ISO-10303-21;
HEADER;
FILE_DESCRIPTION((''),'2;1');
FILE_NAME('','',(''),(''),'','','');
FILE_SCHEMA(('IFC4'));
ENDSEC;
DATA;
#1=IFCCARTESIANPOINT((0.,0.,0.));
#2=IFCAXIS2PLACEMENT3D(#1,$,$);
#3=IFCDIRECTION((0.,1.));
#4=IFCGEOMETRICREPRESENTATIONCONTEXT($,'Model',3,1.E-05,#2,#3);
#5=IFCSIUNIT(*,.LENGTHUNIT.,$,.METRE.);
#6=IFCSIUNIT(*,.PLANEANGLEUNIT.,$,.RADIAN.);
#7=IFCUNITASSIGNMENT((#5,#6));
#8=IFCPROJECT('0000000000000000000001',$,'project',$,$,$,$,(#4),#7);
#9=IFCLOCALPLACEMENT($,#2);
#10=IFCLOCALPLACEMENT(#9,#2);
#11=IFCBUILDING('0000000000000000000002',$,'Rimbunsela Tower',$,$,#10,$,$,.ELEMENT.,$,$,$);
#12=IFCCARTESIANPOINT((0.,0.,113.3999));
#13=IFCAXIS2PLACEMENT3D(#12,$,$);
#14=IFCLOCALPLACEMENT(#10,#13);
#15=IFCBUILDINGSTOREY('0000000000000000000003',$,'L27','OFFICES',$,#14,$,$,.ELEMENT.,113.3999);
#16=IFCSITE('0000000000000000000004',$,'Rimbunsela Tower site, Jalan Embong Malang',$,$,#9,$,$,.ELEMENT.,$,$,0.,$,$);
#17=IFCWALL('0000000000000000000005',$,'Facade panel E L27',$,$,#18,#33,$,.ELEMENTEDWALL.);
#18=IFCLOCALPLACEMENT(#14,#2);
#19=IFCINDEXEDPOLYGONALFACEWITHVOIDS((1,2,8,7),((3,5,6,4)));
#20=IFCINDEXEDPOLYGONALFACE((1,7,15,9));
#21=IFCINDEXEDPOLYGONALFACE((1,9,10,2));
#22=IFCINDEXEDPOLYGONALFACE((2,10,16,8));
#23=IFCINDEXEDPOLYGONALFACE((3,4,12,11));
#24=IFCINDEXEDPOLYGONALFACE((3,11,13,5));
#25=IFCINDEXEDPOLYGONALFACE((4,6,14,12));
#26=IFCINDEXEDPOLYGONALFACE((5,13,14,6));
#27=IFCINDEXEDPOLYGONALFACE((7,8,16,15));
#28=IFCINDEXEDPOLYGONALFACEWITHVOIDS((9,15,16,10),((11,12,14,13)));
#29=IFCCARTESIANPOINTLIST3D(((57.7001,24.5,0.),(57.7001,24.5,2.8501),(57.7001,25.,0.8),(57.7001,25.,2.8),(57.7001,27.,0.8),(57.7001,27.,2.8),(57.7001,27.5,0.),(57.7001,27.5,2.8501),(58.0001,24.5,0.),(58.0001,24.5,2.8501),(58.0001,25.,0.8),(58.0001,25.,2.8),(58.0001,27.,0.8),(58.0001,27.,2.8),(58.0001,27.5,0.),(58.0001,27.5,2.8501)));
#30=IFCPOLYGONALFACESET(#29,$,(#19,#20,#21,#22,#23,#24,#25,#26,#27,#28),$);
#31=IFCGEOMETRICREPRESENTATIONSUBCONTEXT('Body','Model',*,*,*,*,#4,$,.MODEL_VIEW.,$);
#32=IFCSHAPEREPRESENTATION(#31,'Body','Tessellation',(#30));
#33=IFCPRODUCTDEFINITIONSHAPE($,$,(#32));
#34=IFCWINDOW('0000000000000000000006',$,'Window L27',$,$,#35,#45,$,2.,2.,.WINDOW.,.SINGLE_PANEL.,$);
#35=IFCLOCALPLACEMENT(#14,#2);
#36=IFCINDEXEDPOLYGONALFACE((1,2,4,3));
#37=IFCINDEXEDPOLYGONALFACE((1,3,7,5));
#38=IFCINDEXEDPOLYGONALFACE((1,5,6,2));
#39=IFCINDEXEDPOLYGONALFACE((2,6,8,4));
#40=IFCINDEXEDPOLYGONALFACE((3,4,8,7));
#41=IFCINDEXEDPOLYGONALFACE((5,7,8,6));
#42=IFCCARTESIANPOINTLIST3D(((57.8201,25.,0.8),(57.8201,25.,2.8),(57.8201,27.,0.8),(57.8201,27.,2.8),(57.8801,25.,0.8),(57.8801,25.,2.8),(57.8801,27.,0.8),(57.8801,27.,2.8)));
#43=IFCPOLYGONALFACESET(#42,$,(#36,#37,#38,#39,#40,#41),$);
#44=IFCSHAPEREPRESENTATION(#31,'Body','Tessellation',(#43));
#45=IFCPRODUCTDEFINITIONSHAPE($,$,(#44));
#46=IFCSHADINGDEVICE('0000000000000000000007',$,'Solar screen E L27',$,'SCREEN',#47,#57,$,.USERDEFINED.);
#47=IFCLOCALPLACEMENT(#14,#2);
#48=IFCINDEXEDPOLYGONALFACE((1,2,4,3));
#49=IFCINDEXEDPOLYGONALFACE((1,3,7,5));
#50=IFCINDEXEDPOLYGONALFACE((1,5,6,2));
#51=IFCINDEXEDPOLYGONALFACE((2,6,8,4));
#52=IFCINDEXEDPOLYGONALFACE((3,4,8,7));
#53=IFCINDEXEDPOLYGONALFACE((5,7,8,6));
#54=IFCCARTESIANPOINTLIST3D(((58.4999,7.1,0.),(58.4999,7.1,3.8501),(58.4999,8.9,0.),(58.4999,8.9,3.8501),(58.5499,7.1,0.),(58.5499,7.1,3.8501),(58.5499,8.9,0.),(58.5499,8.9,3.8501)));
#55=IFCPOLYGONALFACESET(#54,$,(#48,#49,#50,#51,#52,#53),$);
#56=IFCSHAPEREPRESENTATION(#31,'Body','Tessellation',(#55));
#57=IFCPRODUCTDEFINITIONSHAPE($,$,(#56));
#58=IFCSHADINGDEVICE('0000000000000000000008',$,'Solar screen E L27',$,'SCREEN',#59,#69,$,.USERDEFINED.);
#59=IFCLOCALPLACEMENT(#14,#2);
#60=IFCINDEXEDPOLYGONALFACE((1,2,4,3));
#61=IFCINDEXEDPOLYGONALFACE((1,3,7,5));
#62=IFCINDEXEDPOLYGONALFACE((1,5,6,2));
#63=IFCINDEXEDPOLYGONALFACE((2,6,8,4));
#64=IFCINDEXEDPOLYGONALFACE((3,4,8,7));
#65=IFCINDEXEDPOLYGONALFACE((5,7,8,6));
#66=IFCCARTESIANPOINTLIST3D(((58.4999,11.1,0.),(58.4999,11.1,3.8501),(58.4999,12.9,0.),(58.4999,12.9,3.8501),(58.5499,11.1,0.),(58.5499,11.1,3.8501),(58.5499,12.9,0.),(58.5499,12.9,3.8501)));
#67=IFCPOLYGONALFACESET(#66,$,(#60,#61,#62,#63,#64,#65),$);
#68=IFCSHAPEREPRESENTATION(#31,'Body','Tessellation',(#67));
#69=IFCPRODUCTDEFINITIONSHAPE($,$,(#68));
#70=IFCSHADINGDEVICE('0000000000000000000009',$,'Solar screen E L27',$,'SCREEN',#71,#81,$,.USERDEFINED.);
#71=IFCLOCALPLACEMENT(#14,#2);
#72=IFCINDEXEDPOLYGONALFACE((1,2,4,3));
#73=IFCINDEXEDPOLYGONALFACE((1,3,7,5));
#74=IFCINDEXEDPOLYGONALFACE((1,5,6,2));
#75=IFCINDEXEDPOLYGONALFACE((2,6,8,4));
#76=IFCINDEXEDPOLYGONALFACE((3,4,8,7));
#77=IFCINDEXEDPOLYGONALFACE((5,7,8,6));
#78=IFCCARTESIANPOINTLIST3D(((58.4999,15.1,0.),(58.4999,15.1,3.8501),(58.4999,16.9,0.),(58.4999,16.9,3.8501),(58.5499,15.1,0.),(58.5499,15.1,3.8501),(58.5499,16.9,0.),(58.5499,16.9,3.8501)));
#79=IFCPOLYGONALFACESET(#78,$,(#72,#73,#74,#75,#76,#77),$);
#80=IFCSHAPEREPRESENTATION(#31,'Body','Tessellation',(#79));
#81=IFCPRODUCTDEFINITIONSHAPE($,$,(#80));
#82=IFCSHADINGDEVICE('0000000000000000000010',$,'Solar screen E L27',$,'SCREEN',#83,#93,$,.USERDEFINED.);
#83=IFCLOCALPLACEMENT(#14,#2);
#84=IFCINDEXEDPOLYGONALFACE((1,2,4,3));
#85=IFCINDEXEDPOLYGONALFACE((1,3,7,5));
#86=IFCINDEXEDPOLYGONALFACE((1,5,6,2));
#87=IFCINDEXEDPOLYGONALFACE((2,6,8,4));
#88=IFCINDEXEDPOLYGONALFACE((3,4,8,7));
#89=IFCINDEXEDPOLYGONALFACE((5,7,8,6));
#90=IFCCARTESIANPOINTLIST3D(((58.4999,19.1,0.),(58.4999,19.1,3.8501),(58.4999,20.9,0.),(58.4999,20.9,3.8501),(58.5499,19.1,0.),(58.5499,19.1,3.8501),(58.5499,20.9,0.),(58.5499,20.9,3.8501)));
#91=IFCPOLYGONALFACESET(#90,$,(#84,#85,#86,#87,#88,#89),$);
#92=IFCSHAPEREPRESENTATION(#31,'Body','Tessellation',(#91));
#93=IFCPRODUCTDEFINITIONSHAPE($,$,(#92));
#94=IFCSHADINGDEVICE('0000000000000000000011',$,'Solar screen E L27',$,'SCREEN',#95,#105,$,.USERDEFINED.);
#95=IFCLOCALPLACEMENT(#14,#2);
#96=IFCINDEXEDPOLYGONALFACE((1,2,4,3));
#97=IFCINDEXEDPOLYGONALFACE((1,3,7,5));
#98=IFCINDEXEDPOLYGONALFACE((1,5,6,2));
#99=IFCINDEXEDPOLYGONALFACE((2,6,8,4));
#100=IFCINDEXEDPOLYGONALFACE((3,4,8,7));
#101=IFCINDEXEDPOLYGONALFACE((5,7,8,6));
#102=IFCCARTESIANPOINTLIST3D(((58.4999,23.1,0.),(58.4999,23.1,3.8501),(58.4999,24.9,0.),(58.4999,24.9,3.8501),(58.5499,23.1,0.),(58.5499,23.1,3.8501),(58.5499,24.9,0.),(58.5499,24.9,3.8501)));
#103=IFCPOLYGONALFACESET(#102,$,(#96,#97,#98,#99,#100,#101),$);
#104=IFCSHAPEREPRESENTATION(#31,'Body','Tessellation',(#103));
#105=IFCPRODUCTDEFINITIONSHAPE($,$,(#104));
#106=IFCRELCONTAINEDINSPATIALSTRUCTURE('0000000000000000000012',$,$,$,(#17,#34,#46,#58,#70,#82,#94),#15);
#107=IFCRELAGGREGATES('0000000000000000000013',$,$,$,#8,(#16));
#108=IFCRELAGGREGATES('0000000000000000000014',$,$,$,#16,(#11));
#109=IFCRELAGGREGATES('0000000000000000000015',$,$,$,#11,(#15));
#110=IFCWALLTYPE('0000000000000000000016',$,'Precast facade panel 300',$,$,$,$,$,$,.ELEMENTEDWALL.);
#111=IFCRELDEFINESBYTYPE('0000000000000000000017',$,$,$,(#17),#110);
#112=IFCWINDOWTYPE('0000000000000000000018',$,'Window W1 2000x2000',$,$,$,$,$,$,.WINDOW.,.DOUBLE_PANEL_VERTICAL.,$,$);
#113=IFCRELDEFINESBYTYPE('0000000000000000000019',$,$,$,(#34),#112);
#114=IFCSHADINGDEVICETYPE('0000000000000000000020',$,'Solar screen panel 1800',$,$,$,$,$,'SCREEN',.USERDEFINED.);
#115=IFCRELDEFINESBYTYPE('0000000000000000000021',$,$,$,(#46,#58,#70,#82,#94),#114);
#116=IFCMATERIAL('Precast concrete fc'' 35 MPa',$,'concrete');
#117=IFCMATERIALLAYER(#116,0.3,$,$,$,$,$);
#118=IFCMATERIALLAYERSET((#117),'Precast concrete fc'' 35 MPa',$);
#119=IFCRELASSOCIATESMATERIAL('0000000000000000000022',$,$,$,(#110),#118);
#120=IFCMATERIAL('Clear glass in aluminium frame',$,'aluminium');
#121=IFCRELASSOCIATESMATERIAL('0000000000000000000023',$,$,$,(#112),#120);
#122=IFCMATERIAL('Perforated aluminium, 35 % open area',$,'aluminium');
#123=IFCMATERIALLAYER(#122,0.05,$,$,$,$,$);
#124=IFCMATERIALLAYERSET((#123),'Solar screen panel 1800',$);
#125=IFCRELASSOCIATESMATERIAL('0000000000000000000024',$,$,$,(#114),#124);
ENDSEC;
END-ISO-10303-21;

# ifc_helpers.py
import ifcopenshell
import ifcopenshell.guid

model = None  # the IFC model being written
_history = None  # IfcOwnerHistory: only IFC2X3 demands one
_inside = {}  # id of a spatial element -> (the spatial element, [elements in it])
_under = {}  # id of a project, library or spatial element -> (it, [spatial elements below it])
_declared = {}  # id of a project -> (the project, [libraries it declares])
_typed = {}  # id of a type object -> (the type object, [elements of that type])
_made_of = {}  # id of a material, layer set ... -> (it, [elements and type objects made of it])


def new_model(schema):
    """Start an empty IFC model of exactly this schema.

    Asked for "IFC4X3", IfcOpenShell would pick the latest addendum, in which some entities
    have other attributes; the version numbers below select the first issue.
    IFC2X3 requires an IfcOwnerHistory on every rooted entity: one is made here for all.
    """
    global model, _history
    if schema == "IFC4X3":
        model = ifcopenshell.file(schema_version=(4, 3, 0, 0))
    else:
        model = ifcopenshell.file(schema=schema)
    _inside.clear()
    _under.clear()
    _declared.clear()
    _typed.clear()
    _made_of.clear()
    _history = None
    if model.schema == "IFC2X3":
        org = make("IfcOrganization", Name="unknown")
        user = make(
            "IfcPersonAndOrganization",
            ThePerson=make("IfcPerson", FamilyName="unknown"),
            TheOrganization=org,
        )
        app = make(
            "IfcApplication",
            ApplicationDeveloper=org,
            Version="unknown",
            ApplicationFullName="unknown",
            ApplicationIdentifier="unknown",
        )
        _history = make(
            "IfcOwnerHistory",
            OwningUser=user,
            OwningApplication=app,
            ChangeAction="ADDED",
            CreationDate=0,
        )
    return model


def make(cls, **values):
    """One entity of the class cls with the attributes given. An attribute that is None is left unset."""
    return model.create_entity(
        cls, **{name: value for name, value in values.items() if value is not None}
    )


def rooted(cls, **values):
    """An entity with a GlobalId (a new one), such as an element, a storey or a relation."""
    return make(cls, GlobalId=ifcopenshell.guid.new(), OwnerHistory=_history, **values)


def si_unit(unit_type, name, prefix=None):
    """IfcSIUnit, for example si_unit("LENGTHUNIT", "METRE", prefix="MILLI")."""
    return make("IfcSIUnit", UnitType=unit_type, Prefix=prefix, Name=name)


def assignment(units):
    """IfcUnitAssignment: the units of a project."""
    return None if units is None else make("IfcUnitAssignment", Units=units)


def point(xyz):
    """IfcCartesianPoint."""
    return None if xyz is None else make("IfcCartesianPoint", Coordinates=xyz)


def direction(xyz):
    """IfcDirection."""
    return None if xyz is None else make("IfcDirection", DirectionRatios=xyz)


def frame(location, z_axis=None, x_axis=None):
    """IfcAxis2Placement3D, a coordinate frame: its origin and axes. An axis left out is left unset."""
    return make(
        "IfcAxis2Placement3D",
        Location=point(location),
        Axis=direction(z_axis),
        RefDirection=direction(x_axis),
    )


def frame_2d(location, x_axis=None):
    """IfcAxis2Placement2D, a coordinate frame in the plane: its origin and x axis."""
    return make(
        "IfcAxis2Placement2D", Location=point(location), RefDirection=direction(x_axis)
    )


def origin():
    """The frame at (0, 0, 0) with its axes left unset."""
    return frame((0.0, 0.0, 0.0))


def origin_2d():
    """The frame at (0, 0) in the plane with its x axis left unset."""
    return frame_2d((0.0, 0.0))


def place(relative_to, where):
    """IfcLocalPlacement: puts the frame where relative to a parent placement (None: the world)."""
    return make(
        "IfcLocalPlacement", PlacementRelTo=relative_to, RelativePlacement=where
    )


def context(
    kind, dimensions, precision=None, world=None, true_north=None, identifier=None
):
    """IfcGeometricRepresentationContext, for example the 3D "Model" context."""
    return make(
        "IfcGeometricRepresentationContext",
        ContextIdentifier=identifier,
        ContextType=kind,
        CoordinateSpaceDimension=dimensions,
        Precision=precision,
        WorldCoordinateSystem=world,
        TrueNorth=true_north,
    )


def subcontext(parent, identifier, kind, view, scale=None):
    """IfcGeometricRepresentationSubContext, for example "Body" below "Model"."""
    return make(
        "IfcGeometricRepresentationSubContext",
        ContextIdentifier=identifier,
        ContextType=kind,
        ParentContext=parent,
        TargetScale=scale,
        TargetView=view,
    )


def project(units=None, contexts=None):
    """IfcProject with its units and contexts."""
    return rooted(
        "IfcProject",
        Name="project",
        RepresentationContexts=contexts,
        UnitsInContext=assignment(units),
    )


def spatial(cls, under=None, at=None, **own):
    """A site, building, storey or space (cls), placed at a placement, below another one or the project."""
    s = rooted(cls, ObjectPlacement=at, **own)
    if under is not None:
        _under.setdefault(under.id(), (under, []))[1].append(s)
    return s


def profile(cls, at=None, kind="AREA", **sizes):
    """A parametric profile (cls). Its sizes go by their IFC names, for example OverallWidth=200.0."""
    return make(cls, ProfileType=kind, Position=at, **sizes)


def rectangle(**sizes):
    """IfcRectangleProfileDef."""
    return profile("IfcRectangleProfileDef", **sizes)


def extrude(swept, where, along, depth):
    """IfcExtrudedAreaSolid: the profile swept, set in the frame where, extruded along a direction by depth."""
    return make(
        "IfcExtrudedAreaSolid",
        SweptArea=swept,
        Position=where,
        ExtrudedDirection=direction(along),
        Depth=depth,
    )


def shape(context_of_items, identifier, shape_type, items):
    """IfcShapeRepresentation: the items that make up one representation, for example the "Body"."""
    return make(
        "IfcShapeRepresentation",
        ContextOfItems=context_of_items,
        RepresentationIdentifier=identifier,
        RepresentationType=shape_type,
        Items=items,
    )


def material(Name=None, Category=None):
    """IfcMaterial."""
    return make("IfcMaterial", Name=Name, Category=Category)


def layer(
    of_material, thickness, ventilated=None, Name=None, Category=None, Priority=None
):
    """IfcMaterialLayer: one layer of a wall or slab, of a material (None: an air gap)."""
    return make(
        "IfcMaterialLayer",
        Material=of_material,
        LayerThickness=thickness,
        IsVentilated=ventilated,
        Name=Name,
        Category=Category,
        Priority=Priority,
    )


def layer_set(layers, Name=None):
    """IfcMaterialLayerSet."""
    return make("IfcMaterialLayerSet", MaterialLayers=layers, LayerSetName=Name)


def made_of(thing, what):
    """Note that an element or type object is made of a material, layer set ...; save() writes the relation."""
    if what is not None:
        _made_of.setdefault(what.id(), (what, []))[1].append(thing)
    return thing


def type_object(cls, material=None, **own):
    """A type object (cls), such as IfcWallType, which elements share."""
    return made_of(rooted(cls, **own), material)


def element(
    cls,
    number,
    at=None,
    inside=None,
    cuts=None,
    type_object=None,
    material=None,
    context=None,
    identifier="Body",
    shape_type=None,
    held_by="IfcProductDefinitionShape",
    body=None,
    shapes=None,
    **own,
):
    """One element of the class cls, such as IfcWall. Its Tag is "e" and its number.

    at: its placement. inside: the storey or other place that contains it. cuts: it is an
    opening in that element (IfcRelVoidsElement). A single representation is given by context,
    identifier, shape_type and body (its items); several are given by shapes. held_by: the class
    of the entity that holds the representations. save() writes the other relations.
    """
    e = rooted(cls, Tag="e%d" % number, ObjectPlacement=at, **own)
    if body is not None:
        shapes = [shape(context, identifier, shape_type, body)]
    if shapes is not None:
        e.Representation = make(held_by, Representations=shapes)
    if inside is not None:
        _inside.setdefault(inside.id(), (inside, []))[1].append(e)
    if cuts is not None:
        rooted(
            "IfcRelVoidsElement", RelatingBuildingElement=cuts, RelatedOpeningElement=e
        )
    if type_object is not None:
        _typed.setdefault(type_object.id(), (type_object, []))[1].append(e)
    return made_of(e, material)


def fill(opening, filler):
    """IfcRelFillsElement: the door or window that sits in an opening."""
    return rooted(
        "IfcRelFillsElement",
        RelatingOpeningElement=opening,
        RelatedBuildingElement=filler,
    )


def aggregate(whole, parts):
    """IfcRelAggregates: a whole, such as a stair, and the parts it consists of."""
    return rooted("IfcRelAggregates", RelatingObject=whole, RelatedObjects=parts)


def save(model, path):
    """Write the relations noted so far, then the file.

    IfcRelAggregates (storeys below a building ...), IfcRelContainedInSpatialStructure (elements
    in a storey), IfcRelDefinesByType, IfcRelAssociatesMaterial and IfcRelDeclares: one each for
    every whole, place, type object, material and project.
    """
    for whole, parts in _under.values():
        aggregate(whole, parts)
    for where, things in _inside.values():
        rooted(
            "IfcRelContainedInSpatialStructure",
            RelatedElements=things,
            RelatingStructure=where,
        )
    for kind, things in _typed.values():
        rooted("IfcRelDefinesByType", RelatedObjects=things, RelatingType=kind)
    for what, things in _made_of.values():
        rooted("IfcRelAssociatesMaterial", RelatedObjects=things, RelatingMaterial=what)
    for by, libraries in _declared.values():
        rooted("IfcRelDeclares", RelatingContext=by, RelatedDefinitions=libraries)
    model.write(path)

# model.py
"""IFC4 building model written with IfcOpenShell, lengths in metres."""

from ifc_helpers import new_model, si_unit, direction, frame, frame_2d, origin, origin_2d, place, context, subcontext, project, spatial, rectangle, extrude, material, layer, layer_set, type_object, element, fill, save


model = new_model("IFC4")

# Units and contexts
model_context = context("Model", 3, precision=1e-05, world=origin(), true_north=direction((0.0, 1.0)))
body_context = subcontext(model_context, "Body", "Model", "MODEL_VIEW")
ifc_project = project(units=[si_unit("LENGTHUNIT", "METRE"), si_unit("PLANEANGLEUNIT", "RADIAN")], contexts=[model_context])

# Site, building, storey
site_placement = place(None, origin())
site = spatial("IfcSite", under=ifc_project, at=site_placement, Name="Rimbunsela Tower site, Jalan Embong Malang", CompositionType="ELEMENT", RefElevation=0.0)
building_placement = place(site_placement, origin())
building = spatial("IfcBuilding", under=site, at=building_placement, Name="Rimbunsela Tower", CompositionType="ELEMENT")
storey_placement = place(building_placement, frame((0.0, 0.0, 113.3999)))
storey = spatial("IfcBuildingStorey", under=building, at=storey_placement, Name="L27", Description="OFFICES", CompositionType="ELEMENT", Elevation=113.3999)

# Shared definitions
ifc_material_1 = material(Name="Precast concrete fc' 35 MPa", Category="concrete")
ifc_layer_1 = layer(ifc_material_1, 0.3)
ifc_layer_set_1 = layer_set([ifc_layer_1], Name="Precast concrete fc' 35 MPa")
wall_type = type_object("IfcWallType", Name="Precast facade panel 300", PredefinedType="ELEMENTEDWALL", material=ifc_layer_set_1)

# Wall, opening, window
ifc_material_2 = material(Name="Clear glass in aluminium frame", Category="aluminium")
window_type = type_object("IfcWindowType", Name="Window W1 2000x2000", PartitioningType="DOUBLE_PANEL_VERTICAL", PredefinedType="WINDOW", material=ifc_material_2)
wall_1_placement = place(storey_placement, frame((57.8501, 24.5, 0.0), z_axis=(0.0, 0.0, 1.0), x_axis=(0.0, 1.0, 0.0)))
wall_1 = element("IfcWall", 1, at=wall_1_placement, inside=storey, type_object=wall_type, Name="Facade panel E L27", PredefinedType="ELEMENTEDWALL", context=body_context, shape_type="SweptSolid", body=[
    extrude(rectangle(XDim=3.0, YDim=0.3, at=frame_2d((1.5, 0.0))), origin(), (0.0, 0.0, 1.0), 2.8501),
])
opening_1_placement = place(wall_1_placement, frame((0.5, 0.0, 0.8)))
opening_1 = element("IfcOpeningElement", 2, at=opening_1_placement, cuts=wall_1, PredefinedType="OPENING", context=body_context, shape_type="SweptSolid", body=[
    extrude(rectangle(XDim=2.0, YDim=2.0, at=frame_2d((1.0, 1.0))), frame((0.0, 0.1599, 0.0), z_axis=(0.0, -1.0, 0.0), x_axis=(1.0, 0.0, 0.0)), (0.0, 0.0, 1.0), 0.3201),
])
window_1_placement = place(opening_1_placement, origin())
window_1 = element("IfcWindow", 3, at=window_1_placement, inside=storey, type_object=window_type, Name="Window L27", OverallHeight=2.0, OverallWidth=2.0, PartitioningType="SINGLE_PANEL", PredefinedType="WINDOW", context=body_context, shape_type="SweptSolid", body=[
    extrude(rectangle(XDim=2.0, YDim=2.0, at=frame_2d((1.0, 1.0))), frame((0.0, 0.03, 0.0), z_axis=(0.0, -1.0, 0.0), x_axis=(1.0, 0.0, 0.0)), (0.0, 0.0, 1.0), 0.0601),
])
fill(opening_1, window_1)

# Shading devices
ifc_material_3 = material(Name="Perforated aluminium, 35 % open area", Category="aluminium")
ifc_layer_2 = layer(ifc_material_3, 0.05)
ifc_layer_set_2 = layer_set([ifc_layer_2], Name="Solar screen panel 1800")
shading_device_type = type_object("IfcShadingDeviceType", Name="Solar screen panel 1800", ElementType="SCREEN", PredefinedType="USERDEFINED", material=ifc_layer_set_2)
for number, where, z_axis, x_axis, name in (
    (4, (58.5249, 8.0, 0.0), (0.0, 0.0, 1.0), (0.0, 1.0, 0.0), "Solar screen E L27"),
    (5, (58.5249, 12.0, 0.0), (0.0, 0.0, 1.0), (0.0, 1.0, 0.0), "Solar screen E L27"),
    (6, (58.5249, 16.0, 0.0), (0.0, 0.0, 1.0), (0.0, 1.0, 0.0), "Solar screen E L27"),
    (7, (58.5249, 20.0, 0.0), (0.0, 0.0, 1.0), (0.0, 1.0, 0.0), "Solar screen E L27"),
    (8, (58.5249, 24.0, 0.0), (0.0, 0.0, 1.0), (0.0, 1.0, 0.0), "Solar screen E L27"),
):
    element("IfcShadingDevice", number, at=place(storey_placement, frame(where, z_axis=z_axis, x_axis=x_axis)), inside=storey, type_object=shading_device_type, Name=name, ObjectType="SCREEN", PredefinedType="USERDEFINED", context=body_context, shape_type="SweptSolid", body=[
        extrude(rectangle(XDim=1.8, YDim=0.05, at=origin_2d()), origin(), (0.0, 0.0, 1.0), 3.8501),
    ])

save(model, "model.ifc")
